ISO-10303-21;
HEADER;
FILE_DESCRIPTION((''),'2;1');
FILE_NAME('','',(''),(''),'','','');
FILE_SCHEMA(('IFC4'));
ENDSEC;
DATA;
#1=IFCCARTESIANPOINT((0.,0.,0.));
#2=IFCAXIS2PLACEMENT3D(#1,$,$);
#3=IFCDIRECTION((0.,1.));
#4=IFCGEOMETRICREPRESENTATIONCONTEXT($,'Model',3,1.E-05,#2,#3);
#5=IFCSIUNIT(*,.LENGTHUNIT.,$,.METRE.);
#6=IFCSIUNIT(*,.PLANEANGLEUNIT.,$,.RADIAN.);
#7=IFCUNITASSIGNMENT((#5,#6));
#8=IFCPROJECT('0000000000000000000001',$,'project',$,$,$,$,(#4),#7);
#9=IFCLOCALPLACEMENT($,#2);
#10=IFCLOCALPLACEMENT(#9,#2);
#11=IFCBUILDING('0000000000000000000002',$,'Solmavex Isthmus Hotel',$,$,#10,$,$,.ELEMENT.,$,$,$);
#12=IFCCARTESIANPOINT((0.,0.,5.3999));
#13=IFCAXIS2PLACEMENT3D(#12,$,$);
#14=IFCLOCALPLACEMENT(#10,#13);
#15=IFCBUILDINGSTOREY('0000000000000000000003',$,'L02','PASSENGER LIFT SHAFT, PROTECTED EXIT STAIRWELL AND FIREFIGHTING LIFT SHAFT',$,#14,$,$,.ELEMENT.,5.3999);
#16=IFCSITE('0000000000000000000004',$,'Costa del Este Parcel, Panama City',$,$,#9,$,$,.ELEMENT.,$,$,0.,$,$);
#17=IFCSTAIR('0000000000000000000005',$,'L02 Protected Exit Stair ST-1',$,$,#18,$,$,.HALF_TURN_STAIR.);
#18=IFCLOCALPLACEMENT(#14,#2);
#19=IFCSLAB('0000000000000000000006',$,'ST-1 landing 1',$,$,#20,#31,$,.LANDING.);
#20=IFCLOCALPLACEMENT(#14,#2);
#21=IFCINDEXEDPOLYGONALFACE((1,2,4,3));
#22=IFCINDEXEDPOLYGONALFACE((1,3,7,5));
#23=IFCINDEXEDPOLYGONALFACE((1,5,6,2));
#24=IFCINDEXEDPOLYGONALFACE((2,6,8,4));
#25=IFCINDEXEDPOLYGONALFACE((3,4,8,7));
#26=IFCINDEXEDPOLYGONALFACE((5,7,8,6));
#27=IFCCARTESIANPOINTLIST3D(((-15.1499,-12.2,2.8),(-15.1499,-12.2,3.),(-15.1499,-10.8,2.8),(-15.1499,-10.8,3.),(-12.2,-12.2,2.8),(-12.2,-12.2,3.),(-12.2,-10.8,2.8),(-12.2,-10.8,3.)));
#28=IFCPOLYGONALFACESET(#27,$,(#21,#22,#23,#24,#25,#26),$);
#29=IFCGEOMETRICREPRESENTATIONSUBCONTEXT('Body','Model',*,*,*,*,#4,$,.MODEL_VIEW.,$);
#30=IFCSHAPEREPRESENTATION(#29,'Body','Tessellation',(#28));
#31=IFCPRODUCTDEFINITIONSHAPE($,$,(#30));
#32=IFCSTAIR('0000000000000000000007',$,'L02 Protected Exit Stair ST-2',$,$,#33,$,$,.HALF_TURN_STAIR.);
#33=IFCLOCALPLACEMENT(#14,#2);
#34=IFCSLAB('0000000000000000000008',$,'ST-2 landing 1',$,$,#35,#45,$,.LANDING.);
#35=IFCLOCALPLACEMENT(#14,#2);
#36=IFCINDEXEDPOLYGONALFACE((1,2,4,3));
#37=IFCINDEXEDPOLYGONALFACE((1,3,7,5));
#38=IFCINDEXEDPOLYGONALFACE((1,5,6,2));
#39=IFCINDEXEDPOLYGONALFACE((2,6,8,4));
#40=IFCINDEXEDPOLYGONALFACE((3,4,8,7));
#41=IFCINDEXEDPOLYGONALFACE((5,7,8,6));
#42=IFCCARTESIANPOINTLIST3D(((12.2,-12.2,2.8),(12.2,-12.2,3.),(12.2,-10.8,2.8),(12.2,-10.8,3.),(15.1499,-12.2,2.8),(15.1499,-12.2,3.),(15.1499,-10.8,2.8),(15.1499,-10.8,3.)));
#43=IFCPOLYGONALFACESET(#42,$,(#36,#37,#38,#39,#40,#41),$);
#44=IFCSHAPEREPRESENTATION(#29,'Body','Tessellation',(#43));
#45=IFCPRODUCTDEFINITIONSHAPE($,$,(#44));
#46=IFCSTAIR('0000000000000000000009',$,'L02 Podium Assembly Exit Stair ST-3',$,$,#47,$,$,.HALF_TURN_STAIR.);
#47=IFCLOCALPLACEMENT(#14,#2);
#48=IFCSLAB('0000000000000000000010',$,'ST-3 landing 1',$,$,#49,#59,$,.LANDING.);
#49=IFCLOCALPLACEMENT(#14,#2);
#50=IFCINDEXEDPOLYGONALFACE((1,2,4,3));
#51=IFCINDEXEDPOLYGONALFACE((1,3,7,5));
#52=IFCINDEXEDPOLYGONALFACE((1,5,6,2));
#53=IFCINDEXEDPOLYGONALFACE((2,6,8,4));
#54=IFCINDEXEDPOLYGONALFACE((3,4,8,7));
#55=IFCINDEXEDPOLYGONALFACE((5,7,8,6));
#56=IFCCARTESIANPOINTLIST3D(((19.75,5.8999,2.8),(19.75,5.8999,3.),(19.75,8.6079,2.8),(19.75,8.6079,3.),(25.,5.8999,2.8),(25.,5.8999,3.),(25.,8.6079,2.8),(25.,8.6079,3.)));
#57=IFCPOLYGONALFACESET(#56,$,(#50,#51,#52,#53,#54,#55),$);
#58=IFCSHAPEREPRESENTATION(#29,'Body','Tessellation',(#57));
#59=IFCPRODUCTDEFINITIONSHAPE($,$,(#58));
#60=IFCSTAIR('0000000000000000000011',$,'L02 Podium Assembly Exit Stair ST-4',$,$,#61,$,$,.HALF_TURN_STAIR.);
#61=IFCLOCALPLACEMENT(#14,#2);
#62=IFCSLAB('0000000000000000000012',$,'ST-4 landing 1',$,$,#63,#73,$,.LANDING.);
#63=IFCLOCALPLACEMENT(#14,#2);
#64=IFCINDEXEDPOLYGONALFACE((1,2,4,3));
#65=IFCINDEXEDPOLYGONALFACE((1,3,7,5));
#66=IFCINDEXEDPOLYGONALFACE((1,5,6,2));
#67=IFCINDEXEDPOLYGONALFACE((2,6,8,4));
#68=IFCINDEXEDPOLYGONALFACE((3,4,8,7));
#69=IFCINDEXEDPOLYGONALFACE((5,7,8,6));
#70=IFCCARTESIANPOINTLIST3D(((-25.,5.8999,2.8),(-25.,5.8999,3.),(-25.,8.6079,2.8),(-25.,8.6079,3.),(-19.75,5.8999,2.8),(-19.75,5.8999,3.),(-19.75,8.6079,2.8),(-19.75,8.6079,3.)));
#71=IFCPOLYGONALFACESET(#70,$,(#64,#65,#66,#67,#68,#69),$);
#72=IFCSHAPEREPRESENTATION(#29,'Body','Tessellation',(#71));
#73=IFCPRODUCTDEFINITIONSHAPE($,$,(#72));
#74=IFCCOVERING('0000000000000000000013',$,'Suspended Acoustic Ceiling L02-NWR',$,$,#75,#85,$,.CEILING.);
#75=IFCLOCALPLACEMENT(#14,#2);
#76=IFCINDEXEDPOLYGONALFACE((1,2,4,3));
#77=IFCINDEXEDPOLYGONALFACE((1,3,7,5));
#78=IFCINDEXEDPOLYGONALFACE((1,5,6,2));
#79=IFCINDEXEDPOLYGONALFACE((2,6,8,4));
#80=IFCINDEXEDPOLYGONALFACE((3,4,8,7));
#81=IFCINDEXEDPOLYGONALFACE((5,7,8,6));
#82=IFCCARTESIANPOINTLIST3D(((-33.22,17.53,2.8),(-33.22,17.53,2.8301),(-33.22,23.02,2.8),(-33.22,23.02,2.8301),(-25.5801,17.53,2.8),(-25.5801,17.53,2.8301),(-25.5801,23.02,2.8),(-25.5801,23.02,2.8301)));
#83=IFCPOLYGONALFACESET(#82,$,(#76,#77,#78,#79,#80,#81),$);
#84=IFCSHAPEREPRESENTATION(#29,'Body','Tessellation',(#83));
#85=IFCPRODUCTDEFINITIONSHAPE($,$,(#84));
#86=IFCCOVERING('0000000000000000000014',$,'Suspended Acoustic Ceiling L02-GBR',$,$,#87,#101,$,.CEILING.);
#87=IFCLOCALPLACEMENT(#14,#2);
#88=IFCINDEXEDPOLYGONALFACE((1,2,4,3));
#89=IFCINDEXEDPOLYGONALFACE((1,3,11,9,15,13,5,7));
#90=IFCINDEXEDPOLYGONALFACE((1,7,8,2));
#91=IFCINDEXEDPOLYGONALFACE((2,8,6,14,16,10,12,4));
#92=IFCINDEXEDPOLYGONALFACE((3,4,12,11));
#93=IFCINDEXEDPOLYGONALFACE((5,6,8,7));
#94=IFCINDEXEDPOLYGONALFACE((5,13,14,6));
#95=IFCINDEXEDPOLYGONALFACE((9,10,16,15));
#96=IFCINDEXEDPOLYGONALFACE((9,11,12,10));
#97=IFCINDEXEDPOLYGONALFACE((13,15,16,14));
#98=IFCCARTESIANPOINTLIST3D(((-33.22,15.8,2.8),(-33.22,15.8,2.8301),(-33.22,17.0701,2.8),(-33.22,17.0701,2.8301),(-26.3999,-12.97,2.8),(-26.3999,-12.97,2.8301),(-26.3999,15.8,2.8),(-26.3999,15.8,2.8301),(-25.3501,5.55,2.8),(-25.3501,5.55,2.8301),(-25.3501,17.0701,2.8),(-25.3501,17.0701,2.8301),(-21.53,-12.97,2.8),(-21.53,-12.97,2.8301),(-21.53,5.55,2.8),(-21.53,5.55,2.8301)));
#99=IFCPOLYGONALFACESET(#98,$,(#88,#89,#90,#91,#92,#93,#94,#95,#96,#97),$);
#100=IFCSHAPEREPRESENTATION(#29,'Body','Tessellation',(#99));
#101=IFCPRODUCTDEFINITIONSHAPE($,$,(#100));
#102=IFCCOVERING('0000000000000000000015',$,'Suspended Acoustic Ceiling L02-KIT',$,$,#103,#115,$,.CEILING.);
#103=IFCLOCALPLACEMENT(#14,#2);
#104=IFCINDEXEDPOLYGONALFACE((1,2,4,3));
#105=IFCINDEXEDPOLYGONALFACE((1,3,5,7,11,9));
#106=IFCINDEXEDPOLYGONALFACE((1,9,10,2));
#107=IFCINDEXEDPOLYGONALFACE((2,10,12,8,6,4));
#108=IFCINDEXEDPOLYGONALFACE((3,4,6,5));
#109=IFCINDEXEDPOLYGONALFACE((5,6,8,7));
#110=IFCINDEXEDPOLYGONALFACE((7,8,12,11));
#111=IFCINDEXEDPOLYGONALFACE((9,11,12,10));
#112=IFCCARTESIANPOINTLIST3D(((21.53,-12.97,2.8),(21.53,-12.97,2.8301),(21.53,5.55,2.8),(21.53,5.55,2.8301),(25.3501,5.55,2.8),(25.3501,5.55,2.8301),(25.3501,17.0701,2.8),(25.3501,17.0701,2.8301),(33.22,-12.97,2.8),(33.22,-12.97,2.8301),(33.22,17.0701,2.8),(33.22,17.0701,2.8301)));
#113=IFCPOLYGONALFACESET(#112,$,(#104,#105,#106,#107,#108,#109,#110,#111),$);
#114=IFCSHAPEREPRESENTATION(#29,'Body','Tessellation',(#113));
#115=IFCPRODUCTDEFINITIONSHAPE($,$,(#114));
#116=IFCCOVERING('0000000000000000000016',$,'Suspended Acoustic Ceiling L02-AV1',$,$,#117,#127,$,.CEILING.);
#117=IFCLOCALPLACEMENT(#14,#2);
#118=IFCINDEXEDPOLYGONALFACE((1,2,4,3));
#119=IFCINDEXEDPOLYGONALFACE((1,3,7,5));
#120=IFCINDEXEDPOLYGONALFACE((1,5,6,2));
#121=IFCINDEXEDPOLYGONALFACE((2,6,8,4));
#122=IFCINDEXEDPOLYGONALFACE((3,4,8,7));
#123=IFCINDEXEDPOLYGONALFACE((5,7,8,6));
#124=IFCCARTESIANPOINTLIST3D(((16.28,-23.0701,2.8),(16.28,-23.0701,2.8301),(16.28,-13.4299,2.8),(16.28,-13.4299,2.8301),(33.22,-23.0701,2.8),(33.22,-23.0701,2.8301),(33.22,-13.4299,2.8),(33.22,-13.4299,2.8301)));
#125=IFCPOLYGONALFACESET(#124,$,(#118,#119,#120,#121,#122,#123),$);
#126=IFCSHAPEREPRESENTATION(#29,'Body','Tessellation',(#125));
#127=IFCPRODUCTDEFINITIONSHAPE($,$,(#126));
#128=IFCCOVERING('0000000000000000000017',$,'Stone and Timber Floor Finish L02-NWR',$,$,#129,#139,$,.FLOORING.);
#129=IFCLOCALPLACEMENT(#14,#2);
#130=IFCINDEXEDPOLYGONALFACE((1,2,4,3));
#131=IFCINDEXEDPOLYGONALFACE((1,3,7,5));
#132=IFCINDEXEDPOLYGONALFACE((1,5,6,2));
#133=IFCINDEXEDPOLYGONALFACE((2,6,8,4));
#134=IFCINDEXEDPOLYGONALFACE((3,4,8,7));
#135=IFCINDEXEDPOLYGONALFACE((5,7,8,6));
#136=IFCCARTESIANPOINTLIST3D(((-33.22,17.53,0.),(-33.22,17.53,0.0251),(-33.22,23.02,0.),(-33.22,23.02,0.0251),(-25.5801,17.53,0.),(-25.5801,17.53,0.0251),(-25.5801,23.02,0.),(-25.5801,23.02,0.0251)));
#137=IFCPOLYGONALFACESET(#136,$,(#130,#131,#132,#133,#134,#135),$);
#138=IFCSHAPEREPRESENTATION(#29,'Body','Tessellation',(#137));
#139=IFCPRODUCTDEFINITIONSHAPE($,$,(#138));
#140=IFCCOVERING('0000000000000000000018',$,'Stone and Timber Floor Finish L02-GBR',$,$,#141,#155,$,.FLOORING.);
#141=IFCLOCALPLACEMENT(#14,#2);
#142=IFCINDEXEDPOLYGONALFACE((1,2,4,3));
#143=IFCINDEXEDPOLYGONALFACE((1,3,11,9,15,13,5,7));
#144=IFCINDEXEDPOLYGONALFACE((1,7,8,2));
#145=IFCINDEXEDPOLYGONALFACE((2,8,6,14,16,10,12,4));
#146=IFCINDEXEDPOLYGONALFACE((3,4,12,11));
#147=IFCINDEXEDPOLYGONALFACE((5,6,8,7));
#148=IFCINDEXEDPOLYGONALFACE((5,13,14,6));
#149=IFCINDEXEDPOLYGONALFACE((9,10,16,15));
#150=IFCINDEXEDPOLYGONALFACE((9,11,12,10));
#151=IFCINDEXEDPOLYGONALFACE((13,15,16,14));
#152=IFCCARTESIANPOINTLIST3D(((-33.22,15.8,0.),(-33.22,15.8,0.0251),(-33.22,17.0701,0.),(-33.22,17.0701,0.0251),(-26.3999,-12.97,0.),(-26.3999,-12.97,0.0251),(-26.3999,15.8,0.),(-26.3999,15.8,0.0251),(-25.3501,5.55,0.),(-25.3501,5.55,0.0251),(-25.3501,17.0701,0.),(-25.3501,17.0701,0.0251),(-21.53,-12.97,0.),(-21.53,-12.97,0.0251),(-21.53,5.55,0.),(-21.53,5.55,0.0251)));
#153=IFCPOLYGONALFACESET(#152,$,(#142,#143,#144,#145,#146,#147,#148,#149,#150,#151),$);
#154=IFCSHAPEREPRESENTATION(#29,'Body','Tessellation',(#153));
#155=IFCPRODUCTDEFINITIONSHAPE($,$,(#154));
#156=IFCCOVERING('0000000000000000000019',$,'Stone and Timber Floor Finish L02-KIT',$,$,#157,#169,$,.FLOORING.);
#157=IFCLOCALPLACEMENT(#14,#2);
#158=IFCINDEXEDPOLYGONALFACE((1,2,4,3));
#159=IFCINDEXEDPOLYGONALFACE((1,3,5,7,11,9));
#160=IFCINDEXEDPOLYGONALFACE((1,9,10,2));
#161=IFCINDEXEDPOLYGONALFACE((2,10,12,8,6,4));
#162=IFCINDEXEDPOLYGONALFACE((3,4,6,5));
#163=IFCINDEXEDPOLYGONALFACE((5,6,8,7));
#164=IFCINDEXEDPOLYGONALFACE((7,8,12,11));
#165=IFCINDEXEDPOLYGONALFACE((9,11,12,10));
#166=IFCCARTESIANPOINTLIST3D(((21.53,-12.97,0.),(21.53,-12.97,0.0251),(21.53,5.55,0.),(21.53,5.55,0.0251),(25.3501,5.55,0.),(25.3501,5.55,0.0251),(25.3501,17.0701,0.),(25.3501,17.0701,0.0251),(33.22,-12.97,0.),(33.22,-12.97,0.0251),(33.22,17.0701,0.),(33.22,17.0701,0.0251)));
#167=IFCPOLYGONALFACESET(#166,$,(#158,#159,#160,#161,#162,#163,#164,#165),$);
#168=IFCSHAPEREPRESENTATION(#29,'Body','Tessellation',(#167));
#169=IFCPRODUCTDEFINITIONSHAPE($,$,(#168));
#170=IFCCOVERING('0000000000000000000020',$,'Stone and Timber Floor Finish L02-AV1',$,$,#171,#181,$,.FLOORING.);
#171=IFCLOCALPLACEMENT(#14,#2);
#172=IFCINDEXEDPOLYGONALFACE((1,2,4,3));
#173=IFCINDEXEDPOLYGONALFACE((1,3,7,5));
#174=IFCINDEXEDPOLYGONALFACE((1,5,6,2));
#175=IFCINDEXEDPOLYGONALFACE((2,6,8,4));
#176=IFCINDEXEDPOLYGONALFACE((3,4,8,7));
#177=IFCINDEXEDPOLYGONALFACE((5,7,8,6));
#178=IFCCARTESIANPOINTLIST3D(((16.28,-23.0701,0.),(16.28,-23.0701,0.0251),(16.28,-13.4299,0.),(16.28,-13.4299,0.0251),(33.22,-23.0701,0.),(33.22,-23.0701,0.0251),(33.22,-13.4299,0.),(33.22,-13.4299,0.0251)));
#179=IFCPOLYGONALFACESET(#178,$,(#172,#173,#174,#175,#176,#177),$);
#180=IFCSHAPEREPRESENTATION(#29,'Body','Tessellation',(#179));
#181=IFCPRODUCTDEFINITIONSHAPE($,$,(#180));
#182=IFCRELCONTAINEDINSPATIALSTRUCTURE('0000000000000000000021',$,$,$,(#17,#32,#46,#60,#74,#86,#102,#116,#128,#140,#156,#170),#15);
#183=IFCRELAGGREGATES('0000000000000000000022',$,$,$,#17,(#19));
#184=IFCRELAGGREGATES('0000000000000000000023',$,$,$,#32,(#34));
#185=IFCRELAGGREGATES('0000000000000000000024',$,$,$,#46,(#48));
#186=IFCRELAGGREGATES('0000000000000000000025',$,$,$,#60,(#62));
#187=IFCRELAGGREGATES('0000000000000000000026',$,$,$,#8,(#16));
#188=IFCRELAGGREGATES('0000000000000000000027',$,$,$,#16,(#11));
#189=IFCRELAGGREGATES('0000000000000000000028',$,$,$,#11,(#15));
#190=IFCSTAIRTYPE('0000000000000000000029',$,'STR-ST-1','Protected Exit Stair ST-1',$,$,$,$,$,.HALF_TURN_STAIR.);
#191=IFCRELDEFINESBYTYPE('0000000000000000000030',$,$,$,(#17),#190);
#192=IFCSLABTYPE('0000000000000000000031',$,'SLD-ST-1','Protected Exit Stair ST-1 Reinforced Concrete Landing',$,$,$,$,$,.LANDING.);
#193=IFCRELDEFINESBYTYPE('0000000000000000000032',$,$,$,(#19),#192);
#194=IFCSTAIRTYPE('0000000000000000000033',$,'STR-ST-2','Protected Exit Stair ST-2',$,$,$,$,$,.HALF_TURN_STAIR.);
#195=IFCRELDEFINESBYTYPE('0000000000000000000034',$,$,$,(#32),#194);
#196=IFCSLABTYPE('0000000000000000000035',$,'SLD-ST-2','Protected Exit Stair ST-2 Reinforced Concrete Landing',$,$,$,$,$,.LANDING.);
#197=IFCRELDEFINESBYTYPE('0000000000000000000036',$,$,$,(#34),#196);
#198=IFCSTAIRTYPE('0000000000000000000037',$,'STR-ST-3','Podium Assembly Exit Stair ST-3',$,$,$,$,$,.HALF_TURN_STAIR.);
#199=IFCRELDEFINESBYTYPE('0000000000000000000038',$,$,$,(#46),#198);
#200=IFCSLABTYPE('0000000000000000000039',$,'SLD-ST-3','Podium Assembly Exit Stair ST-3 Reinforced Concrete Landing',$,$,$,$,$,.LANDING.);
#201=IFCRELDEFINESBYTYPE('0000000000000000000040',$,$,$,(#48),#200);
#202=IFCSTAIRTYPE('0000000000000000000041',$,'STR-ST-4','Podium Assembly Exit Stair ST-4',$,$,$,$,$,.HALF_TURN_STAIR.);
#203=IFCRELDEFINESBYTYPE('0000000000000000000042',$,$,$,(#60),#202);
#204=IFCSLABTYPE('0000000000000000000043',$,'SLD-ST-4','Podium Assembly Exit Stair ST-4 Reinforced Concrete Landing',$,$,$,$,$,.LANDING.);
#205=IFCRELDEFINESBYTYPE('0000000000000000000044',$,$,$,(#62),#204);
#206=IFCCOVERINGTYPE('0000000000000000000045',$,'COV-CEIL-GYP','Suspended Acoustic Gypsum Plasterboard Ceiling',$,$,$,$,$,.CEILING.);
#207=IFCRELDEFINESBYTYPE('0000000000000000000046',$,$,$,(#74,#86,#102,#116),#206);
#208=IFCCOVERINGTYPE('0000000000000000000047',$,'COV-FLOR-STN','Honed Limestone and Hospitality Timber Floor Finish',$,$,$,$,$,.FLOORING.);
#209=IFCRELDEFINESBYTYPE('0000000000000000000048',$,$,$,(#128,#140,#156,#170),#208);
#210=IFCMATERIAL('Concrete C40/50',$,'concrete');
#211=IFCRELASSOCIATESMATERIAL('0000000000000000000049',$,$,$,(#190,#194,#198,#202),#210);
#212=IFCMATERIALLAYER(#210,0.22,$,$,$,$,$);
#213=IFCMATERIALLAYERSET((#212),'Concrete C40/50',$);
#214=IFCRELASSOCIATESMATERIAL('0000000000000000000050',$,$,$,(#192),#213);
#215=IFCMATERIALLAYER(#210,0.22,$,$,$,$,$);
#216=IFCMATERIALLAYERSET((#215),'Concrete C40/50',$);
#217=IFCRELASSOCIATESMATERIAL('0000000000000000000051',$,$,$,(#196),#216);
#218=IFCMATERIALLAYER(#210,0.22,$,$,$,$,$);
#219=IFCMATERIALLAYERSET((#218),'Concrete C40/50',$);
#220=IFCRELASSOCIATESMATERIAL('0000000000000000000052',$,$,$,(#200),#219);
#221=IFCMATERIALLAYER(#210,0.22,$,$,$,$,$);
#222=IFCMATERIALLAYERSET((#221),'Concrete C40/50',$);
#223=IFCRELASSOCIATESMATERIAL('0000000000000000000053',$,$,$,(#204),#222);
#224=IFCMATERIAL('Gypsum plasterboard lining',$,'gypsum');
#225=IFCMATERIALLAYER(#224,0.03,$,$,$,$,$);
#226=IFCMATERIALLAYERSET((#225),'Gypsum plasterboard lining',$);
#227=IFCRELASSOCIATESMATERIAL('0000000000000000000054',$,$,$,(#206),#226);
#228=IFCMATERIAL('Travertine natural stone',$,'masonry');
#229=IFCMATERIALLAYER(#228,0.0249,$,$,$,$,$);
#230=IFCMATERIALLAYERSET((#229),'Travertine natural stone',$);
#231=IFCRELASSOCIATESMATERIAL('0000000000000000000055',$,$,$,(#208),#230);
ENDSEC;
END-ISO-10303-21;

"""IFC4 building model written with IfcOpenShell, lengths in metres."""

from ifc_helpers import new_model, si_unit, direction, frame, origin, place, context, subcontext, project, spatial, polyline, outline, extrude, material, layer, layer_set, type_object, element, aggregate, save


model = new_model("IFC4")

# Units and contexts
model_context = context("Model", 3, precision=1e-05, world=origin(), true_north=direction((0.0, 1.0)))
body_context = subcontext(model_context, "Body", "Model", "MODEL_VIEW")
ifc_project = project(units=[si_unit("LENGTHUNIT", "METRE"), si_unit("PLANEANGLEUNIT", "RADIAN")], contexts=[model_context])

# Site, building, storey
site_placement = place(None, origin())
site = spatial("IfcSite", under=ifc_project, at=site_placement, Name="Costa del Este Parcel, Panama City", CompositionType="ELEMENT", RefElevation=0.0)
building_placement = place(site_placement, origin())
building = spatial("IfcBuilding", under=site, at=building_placement, Name="Solmavex Isthmus Hotel", CompositionType="ELEMENT")
storey_placement = place(building_placement, frame((0.0, 0.0, 5.3999)))
storey = spatial("IfcBuildingStorey", under=building, at=storey_placement, Name="L02", Description="PASSENGER LIFT SHAFT, PROTECTED EXIT STAIRWELL AND FIREFIGHTING LIFT SHAFT", CompositionType="ELEMENT", Elevation=5.3999)

# Shared definitions
ifc_material_1 = material(Name="Concrete C40/50", Category="concrete")

# Stairs, slabs
stair_type_1 = type_object("IfcStairType", Name="STR-ST-1", Description="Protected Exit Stair ST-1", PredefinedType="HALF_TURN_STAIR", material=ifc_material_1)
stair_1_placement = place(storey_placement, origin())
stair_1 = element("IfcStair", 1, at=stair_1_placement, inside=storey, type_object=stair_type_1, Name="L02 Protected Exit Stair ST-1", PredefinedType="HALF_TURN_STAIR")
ifc_layer_1 = layer(ifc_material_1, 0.22)
ifc_layer_set_1 = layer_set([ifc_layer_1], Name="Concrete C40/50")
slab_type_1 = type_object("IfcSlabType", Name="SLD-ST-1", Description="Protected Exit Stair ST-1 Reinforced Concrete Landing", PredefinedType="LANDING", material=ifc_layer_set_1)
slab_1_placement = place(storey_placement, frame((0.0, 0.0, 2.8)))
slab_1 = element("IfcSlab", 2, at=slab_1_placement, type_object=slab_type_1, Name="ST-1 landing 1", PredefinedType="LANDING", context=body_context, shape_type="SweptSolid", body=[
    extrude(outline(polyline([(-15.1499, -10.8), (-15.1499, -12.2), (-12.2, -12.2), (-12.2, -10.8), (-15.1499, -10.8)])), origin(), (0.0, 0.0, 1.0), 0.2),
])
aggregate(stair_1, [slab_1])
stair_type_2 = type_object("IfcStairType", Name="STR-ST-2", Description="Protected Exit Stair ST-2", PredefinedType="HALF_TURN_STAIR", material=ifc_material_1)
stair_2_placement = place(storey_placement, origin())
stair_2 = element("IfcStair", 3, at=stair_2_placement, inside=storey, type_object=stair_type_2, Name="L02 Protected Exit Stair ST-2", PredefinedType="HALF_TURN_STAIR")
ifc_layer_2 = layer(ifc_material_1, 0.22)
ifc_layer_set_2 = layer_set([ifc_layer_2], Name="Concrete C40/50")
slab_type_2 = type_object("IfcSlabType", Name="SLD-ST-2", Description="Protected Exit Stair ST-2 Reinforced Concrete Landing", PredefinedType="LANDING", material=ifc_layer_set_2)
slab_2_placement = place(storey_placement, frame((0.0, 0.0, 2.8)))
slab_2 = element("IfcSlab", 4, at=slab_2_placement, type_object=slab_type_2, Name="ST-2 landing 1", PredefinedType="LANDING", context=body_context, shape_type="SweptSolid", body=[
    extrude(outline(polyline([(12.2, -10.8), (12.2, -12.2), (15.1499, -12.2), (15.1499, -10.8), (12.2, -10.8)])), origin(), (0.0, 0.0, 1.0), 0.2),
])
aggregate(stair_2, [slab_2])
stair_type_3 = type_object("IfcStairType", Name="STR-ST-3", Description="Podium Assembly Exit Stair ST-3", PredefinedType="HALF_TURN_STAIR", material=ifc_material_1)
stair_3_placement = place(storey_placement, origin())
stair_3 = element("IfcStair", 5, at=stair_3_placement, inside=storey, type_object=stair_type_3, Name="L02 Podium Assembly Exit Stair ST-3", PredefinedType="HALF_TURN_STAIR")
ifc_layer_3 = layer(ifc_material_1, 0.22)
ifc_layer_set_3 = layer_set([ifc_layer_3], Name="Concrete C40/50")
slab_type_3 = type_object("IfcSlabType", Name="SLD-ST-3", Description="Podium Assembly Exit Stair ST-3 Reinforced Concrete Landing", PredefinedType="LANDING", material=ifc_layer_set_3)
slab_3_placement = place(storey_placement, frame((0.0, 0.0, 2.8)))
slab_3 = element("IfcSlab", 6, at=slab_3_placement, type_object=slab_type_3, Name="ST-3 landing 1", PredefinedType="LANDING", context=body_context, shape_type="SweptSolid", body=[
    extrude(outline(polyline([(19.75, 8.6079), (19.75, 5.8999), (25.0, 5.8999), (25.0, 8.6079), (19.75, 8.6079)])), origin(), (0.0, 0.0, 1.0), 0.2),
])
aggregate(stair_3, [slab_3])
stair_type_4 = type_object("IfcStairType", Name="STR-ST-4", Description="Podium Assembly Exit Stair ST-4", PredefinedType="HALF_TURN_STAIR", material=ifc_material_1)
stair_4_placement = place(storey_placement, origin())
stair_4 = element("IfcStair", 7, at=stair_4_placement, inside=storey, type_object=stair_type_4, Name="L02 Podium Assembly Exit Stair ST-4", PredefinedType="HALF_TURN_STAIR")
ifc_layer_4 = layer(ifc_material_1, 0.22)
ifc_layer_set_4 = layer_set([ifc_layer_4], Name="Concrete C40/50")
slab_type_4 = type_object("IfcSlabType", Name="SLD-ST-4", Description="Podium Assembly Exit Stair ST-4 Reinforced Concrete Landing", PredefinedType="LANDING", material=ifc_layer_set_4)
slab_4_placement = place(storey_placement, frame((0.0, 0.0, 2.8)))
slab_4 = element("IfcSlab", 8, at=slab_4_placement, type_object=slab_type_4, Name="ST-4 landing 1", PredefinedType="LANDING", context=body_context, shape_type="SweptSolid", body=[
    extrude(outline(polyline([(-25.0, 8.6079), (-25.0, 5.8999), (-19.75, 5.8999), (-19.75, 8.6079), (-25.0, 8.6079)])), origin(), (0.0, 0.0, 1.0), 0.2),
])
aggregate(stair_4, [slab_4])

# Coverings
ifc_material_2 = material(Name="Gypsum plasterboard lining", Category="gypsum")
ifc_layer_5 = layer(ifc_material_2, 0.03)
ifc_layer_set_5 = layer_set([ifc_layer_5], Name="Gypsum plasterboard lining")
covering_type_1 = type_object("IfcCoveringType", Name="COV-CEIL-GYP", Description="Suspended Acoustic Gypsum Plasterboard Ceiling", PredefinedType="CEILING", material=ifc_layer_set_5)
covering_1_placement = place(storey_placement, frame((0.0, 0.0, 2.8)))
element("IfcCovering", 9, at=covering_1_placement, inside=storey, type_object=covering_type_1, Name="Suspended Acoustic Ceiling L02-NWR", PredefinedType="CEILING", context=body_context, shape_type="SweptSolid", body=[
    extrude(outline(polyline([(-25.5801, 17.53), (-25.5801, 23.02), (-33.22, 23.02), (-33.22, 17.53), (-25.5801, 17.53)])), origin(), (0.0, 0.0, 1.0), 0.03),
])
covering_2_placement = place(storey_placement, frame((0.0, 0.0, 2.8)))
element("IfcCovering", 10, at=covering_2_placement, inside=storey, type_object=covering_type_1, Name="Suspended Acoustic Ceiling L02-GBR", PredefinedType="CEILING", context=body_context, shape_type="SweptSolid", body=[
    extrude(outline(polyline([(-21.53, 5.55), (-25.3501, 5.55), (-25.3501, 17.0701), (-33.22, 17.0701), (-33.22, 15.8), (-26.3999, 15.8), (-26.3999, -12.97), (-21.53, -12.97), (-21.53, 5.55)])), origin(), (0.0, 0.0, 1.0), 0.03),
])
covering_3_placement = place(storey_placement, frame((0.0, 0.0, 2.8)))
element("IfcCovering", 11, at=covering_3_placement, inside=storey, type_object=covering_type_1, Name="Suspended Acoustic Ceiling L02-KIT", PredefinedType="CEILING", context=body_context, shape_type="SweptSolid", body=[
    extrude(outline(polyline([(25.3501, 17.0701), (25.3501, 5.55), (21.53, 5.55), (21.53, -12.97), (33.22, -12.97), (33.22, 17.0701), (25.3501, 17.0701)])), origin(), (0.0, 0.0, 1.0), 0.03),
])
covering_4_placement = place(storey_placement, frame((0.0, 0.0, 2.8)))
element("IfcCovering", 12, at=covering_4_placement, inside=storey, type_object=covering_type_1, Name="Suspended Acoustic Ceiling L02-AV1", PredefinedType="CEILING", context=body_context, shape_type="SweptSolid", body=[
    extrude(outline(polyline([(33.22, -23.0701), (33.22, -13.4299), (16.28, -13.4299), (16.28, -23.0701), (33.22, -23.0701)])), origin(), (0.0, 0.0, 1.0), 0.03),
])
ifc_material_3 = material(Name="Travertine natural stone", Category="masonry")
ifc_layer_6 = layer(ifc_material_3, 0.0249)
ifc_layer_set_6 = layer_set([ifc_layer_6], Name="Travertine natural stone")
covering_type_2 = type_object("IfcCoveringType", Name="COV-FLOR-STN", Description="Honed Limestone and Hospitality Timber Floor Finish", PredefinedType="FLOORING", material=ifc_layer_set_6)
covering_5_placement = place(storey_placement, origin())
element("IfcCovering", 13, at=covering_5_placement, inside=storey, type_object=covering_type_2, Name="Stone and Timber Floor Finish L02-NWR", PredefinedType="FLOORING", context=body_context, shape_type="SweptSolid", body=[
    extrude(outline(polyline([(-25.5801, 17.53), (-25.5801, 23.02), (-33.22, 23.02), (-33.22, 17.53), (-25.5801, 17.53)])), origin(), (0.0, 0.0, 1.0), 0.0251),
])
covering_6_placement = place(storey_placement, origin())
element("IfcCovering", 14, at=covering_6_placement, inside=storey, type_object=covering_type_2, Name="Stone and Timber Floor Finish L02-GBR", PredefinedType="FLOORING", context=body_context, shape_type="SweptSolid", body=[
    extrude(outline(polyline([(-21.53, 5.55), (-25.3501, 5.55), (-25.3501, 17.0701), (-33.22, 17.0701), (-33.22, 15.8), (-26.3999, 15.8), (-26.3999, -12.97), (-21.53, -12.97), (-21.53, 5.55)])), origin(), (0.0, 0.0, 1.0), 0.0251),
])
covering_7_placement = place(storey_placement, origin())
element("IfcCovering", 15, at=covering_7_placement, inside=storey, type_object=covering_type_2, Name="Stone and Timber Floor Finish L02-KIT", PredefinedType="FLOORING", context=body_context, shape_type="SweptSolid", body=[
    extrude(outline(polyline([(25.3501, 17.0701), (25.3501, 5.55), (21.53, 5.55), (21.53, -12.97), (33.22, -12.97), (33.22, 17.0701), (25.3501, 17.0701)])), origin(), (0.0, 0.0, 1.0), 0.0251),
])
covering_8_placement = place(storey_placement, origin())
element("IfcCovering", 16, at=covering_8_placement, inside=storey, type_object=covering_type_2, Name="Stone and Timber Floor Finish L02-AV1", PredefinedType="FLOORING", context=body_context, shape_type="SweptSolid", body=[
    extrude(outline(polyline([(33.22, -23.0701), (33.22, -13.4299), (16.28, -13.4299), (16.28, -23.0701), (33.22, -23.0701)])), origin(), (0.0, 0.0, 1.0), 0.0251),
])

save(model, "model.ifc")
